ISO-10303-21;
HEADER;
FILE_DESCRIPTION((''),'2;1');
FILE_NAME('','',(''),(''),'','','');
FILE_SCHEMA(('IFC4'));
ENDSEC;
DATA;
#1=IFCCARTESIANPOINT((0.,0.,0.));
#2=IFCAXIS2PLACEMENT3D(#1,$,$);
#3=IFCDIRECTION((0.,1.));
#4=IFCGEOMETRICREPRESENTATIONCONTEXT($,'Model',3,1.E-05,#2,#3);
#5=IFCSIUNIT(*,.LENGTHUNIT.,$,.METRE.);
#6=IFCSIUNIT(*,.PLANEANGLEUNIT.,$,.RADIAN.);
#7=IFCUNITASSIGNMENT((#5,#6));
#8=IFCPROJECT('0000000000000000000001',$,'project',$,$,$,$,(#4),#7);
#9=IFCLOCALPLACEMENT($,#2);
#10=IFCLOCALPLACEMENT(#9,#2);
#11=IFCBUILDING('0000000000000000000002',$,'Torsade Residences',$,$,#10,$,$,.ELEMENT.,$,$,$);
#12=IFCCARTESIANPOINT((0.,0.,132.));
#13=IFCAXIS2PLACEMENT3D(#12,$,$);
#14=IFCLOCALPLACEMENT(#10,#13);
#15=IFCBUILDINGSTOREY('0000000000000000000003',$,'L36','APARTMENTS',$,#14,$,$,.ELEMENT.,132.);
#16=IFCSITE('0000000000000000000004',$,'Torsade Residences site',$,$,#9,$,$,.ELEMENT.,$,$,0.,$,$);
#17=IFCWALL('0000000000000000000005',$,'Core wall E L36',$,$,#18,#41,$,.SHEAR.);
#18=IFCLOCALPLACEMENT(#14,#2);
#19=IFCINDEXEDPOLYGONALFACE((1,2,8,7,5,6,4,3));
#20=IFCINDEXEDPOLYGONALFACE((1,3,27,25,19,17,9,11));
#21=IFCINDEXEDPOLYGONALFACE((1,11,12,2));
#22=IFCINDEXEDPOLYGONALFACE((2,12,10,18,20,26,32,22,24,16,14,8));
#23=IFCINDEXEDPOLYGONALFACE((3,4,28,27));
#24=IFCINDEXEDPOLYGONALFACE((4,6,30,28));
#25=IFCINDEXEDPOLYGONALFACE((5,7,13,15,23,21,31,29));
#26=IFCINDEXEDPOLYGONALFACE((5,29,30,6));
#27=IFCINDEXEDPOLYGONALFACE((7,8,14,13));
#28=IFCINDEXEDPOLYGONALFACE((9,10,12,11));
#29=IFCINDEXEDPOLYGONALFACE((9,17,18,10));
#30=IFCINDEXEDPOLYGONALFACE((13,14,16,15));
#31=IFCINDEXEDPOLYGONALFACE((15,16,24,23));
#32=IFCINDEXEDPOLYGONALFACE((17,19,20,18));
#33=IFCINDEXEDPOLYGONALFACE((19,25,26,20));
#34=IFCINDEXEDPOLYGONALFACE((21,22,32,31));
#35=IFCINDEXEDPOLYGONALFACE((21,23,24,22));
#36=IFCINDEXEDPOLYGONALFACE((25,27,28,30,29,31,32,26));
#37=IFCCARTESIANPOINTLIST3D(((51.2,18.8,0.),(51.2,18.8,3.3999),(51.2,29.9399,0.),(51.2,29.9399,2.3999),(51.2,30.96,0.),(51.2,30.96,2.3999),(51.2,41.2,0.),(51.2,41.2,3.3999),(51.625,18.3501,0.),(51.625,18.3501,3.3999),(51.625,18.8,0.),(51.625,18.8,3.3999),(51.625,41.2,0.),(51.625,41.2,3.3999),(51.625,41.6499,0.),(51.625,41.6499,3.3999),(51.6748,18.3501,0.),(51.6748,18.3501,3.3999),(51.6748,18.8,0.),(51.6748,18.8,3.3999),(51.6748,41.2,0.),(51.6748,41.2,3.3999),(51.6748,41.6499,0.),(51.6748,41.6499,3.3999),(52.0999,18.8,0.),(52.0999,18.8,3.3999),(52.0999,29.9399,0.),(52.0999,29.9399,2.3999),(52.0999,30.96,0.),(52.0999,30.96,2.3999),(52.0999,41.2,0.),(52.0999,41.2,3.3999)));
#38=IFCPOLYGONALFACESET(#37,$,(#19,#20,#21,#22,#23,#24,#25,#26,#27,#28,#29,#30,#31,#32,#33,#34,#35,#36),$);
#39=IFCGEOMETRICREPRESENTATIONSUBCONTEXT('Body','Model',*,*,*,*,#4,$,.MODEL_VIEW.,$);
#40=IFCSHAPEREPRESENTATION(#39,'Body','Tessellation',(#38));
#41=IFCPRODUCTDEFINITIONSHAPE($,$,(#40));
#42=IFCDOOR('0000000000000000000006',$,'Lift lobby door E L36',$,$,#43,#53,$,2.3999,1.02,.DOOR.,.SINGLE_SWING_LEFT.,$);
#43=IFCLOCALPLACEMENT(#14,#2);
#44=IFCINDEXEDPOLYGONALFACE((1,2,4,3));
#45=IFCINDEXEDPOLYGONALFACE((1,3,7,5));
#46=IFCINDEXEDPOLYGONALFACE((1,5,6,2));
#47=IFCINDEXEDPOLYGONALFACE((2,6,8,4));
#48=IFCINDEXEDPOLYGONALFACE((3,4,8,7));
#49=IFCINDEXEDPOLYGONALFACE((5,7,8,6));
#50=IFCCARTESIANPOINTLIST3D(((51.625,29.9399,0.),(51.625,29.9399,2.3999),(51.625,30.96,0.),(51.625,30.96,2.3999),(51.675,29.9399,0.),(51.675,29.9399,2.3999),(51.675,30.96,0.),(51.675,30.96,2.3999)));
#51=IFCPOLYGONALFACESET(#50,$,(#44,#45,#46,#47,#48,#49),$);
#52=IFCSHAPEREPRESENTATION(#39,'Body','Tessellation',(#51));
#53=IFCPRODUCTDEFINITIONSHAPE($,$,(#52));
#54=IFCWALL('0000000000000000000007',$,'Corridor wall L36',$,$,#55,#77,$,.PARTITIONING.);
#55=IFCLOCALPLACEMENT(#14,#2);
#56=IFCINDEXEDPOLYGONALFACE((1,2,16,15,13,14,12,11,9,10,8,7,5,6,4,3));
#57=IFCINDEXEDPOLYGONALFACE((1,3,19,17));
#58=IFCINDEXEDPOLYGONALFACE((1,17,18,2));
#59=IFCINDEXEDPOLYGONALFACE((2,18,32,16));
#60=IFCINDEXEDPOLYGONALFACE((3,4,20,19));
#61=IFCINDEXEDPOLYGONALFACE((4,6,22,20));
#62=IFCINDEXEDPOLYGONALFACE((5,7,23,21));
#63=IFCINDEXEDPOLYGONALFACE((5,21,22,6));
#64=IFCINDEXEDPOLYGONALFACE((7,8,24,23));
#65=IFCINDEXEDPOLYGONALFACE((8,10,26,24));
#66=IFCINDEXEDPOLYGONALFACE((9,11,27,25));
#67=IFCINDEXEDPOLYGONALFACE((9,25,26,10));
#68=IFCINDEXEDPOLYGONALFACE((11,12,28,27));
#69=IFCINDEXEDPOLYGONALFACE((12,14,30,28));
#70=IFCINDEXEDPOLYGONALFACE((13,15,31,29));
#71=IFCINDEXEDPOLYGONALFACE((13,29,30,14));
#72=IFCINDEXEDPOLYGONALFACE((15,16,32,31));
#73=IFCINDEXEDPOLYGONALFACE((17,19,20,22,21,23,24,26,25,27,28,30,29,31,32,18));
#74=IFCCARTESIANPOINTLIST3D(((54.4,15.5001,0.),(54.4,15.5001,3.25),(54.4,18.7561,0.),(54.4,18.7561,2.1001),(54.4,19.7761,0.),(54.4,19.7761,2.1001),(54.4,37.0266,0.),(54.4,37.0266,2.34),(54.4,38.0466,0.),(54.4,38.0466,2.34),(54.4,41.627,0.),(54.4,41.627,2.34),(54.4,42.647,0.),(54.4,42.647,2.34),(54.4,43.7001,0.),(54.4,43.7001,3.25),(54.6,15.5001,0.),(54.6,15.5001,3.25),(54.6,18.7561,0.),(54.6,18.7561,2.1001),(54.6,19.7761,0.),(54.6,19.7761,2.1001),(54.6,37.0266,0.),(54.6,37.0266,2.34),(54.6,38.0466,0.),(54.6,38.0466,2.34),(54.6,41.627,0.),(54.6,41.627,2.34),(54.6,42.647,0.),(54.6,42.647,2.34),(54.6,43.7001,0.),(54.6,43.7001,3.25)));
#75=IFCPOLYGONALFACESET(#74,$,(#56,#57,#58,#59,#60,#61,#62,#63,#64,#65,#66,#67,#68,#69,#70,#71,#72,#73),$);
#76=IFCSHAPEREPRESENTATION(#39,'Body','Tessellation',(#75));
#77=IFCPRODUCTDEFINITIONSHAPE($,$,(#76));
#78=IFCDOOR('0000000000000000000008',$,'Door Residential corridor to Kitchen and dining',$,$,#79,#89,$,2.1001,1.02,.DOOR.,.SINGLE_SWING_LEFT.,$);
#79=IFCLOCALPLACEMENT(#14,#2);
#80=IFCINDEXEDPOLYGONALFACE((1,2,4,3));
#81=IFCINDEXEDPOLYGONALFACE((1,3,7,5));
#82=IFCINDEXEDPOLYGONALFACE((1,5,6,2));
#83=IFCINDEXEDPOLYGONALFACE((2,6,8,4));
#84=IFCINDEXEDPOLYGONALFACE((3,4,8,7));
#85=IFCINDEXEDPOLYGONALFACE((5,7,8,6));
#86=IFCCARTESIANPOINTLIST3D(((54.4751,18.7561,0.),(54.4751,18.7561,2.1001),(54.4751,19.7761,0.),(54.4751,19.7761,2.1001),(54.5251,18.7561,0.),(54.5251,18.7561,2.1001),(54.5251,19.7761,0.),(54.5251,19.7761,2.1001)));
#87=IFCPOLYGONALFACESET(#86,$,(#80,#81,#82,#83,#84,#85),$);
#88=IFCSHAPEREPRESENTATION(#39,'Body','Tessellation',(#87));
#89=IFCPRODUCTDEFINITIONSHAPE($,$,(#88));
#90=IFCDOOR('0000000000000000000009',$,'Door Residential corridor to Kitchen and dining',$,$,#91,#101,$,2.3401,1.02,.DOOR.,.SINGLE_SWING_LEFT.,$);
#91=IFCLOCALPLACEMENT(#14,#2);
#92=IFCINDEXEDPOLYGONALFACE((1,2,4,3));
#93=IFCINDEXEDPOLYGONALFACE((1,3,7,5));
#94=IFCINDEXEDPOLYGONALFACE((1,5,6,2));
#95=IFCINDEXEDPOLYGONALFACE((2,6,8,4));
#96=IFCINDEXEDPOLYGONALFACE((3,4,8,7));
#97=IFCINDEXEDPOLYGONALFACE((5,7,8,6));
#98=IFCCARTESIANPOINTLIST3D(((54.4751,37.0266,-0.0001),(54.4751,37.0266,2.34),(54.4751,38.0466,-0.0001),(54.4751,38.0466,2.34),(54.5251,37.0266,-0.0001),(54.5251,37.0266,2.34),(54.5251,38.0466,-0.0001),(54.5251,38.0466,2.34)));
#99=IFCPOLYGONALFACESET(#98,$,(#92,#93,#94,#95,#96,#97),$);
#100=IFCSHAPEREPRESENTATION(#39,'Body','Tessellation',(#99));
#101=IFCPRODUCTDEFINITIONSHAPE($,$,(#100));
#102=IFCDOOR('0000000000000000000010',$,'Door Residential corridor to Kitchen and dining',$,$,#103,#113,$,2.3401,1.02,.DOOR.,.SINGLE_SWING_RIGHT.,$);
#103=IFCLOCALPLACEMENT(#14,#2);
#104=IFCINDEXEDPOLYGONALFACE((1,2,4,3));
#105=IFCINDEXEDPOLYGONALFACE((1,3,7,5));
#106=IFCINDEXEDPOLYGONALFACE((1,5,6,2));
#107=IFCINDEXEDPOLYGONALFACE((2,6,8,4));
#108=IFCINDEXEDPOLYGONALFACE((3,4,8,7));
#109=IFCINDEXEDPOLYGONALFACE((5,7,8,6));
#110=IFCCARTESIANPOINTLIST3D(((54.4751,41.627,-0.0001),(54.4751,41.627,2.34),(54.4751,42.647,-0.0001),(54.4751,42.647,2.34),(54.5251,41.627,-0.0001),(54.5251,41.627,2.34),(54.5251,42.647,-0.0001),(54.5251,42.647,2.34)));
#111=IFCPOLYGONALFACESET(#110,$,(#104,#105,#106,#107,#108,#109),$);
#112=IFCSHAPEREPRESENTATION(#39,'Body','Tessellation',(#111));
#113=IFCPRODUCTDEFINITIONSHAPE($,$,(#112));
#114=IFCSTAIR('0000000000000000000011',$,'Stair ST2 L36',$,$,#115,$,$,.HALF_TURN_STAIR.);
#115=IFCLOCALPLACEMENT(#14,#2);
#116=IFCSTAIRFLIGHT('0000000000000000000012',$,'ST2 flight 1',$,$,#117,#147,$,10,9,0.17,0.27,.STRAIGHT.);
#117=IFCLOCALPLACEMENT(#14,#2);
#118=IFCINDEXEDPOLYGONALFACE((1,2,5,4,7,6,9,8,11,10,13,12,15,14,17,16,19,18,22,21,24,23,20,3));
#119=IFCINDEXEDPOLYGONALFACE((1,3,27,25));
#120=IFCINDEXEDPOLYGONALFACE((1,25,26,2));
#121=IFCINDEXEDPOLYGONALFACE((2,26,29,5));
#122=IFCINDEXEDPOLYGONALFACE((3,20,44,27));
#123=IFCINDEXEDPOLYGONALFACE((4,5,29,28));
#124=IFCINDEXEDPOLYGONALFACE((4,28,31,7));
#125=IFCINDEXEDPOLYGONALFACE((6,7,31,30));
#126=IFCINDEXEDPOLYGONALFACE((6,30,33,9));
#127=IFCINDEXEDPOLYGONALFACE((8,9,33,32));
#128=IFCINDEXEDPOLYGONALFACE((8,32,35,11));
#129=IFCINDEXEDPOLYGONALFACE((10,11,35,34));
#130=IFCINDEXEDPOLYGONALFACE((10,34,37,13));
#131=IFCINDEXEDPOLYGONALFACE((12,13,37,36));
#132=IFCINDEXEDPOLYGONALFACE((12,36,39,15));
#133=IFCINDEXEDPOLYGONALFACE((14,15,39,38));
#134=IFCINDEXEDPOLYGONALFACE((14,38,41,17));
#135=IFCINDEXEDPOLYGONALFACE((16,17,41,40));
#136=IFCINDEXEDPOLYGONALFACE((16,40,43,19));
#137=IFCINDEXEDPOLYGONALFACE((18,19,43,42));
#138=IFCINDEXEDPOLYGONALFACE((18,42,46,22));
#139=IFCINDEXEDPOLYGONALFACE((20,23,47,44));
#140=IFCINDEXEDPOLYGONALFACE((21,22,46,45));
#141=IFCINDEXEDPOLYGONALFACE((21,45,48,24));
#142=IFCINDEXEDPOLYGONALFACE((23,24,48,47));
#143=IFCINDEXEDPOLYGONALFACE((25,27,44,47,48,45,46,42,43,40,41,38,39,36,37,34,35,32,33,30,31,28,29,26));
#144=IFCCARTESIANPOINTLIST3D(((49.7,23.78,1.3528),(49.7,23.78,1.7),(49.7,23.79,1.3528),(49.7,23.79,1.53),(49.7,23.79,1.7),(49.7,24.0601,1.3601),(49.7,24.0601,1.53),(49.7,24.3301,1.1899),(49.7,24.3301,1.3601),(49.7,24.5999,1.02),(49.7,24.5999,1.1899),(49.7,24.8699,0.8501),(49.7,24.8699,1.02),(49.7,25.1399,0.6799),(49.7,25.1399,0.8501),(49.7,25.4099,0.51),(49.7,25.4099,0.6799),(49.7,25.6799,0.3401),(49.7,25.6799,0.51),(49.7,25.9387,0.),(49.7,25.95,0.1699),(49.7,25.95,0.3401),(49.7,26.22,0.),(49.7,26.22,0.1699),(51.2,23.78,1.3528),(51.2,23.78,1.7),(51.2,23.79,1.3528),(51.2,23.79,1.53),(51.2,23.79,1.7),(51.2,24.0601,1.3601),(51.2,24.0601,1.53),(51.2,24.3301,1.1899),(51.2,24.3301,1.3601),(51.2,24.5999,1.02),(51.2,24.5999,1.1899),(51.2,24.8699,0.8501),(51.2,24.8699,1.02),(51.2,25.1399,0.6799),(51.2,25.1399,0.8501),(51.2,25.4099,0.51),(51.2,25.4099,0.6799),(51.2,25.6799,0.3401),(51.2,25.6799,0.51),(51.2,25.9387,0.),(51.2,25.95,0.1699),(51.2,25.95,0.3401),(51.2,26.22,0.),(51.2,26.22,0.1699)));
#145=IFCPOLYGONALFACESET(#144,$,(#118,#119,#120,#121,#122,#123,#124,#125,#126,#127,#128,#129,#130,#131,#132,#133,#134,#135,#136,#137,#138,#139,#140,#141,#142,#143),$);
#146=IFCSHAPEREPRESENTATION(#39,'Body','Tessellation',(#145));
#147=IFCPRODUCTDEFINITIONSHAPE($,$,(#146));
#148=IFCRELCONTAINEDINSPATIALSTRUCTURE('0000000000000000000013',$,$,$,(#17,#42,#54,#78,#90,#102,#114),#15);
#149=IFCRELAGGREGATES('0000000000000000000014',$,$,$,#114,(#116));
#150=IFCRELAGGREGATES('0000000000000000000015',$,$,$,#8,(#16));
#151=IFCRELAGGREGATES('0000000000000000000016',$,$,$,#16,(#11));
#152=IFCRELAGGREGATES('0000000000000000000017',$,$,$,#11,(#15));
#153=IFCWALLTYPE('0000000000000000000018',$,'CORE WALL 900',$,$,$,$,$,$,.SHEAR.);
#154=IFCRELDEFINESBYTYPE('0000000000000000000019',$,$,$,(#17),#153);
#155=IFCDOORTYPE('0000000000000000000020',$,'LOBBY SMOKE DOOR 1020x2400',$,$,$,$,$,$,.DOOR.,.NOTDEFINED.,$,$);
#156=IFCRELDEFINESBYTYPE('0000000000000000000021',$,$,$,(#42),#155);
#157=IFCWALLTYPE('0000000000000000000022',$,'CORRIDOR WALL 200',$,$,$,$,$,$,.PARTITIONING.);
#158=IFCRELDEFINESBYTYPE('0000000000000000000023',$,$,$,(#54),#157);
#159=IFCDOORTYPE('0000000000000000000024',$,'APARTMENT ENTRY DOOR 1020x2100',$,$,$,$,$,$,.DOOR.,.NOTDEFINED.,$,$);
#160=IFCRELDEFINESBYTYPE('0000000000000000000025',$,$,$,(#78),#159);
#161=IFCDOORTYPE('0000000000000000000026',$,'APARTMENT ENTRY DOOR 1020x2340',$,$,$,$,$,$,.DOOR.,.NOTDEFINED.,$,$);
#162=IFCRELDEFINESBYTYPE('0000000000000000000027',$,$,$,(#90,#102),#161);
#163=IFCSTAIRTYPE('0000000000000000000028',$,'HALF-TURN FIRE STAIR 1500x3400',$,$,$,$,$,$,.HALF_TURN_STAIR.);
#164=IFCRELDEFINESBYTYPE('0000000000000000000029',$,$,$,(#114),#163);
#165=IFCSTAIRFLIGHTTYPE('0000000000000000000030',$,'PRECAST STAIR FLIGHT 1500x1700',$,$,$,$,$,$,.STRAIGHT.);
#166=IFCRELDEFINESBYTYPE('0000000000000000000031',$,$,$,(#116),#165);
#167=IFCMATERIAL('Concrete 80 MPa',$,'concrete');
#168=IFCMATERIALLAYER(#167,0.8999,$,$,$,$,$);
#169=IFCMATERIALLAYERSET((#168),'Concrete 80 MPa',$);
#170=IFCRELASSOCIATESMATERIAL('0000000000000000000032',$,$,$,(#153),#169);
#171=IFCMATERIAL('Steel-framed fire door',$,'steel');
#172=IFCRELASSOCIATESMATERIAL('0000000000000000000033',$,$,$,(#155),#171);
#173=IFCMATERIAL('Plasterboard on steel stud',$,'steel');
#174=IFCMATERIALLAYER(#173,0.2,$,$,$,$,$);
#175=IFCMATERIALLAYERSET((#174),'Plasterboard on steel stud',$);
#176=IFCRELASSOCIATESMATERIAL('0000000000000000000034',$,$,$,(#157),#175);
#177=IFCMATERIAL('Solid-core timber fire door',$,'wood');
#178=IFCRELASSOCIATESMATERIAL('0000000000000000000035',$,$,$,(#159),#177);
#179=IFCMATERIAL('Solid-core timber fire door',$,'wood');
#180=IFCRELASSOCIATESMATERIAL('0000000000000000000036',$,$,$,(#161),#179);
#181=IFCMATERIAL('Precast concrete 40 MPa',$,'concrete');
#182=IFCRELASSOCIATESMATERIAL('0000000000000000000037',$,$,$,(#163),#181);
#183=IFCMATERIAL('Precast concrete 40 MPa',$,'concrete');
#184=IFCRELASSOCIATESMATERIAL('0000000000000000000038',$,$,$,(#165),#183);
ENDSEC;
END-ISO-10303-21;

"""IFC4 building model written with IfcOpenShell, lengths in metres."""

from ifc_helpers import new_model, si_unit, direction, frame, frame_2d, origin, place, context, subcontext, project, spatial, polyline, rectangle, outline, extrude, material, layer, layer_set, type_object, element, fill, aggregate, save


model = new_model("IFC4")

# Units and contexts
model_context = context("Model", 3, precision=1e-05, world=origin(), true_north=direction((0.0, 1.0)))
body_context = subcontext(model_context, "Body", "Model", "MODEL_VIEW")
ifc_project = project(units=[si_unit("LENGTHUNIT", "METRE"), si_unit("PLANEANGLEUNIT", "RADIAN")], contexts=[model_context])

# Site, building, storey
site_placement = place(None, origin())
site = spatial("IfcSite", under=ifc_project, at=site_placement, Name="Torsade Residences site", CompositionType="ELEMENT", RefElevation=0.0)
building_placement = place(site_placement, origin())
building = spatial("IfcBuilding", under=site, at=building_placement, Name="Torsade Residences", CompositionType="ELEMENT")
storey_placement = place(building_placement, frame((0.0, 0.0, 132.0)))
storey = spatial("IfcBuildingStorey", under=building, at=storey_placement, Name="L36", Description="APARTMENTS", CompositionType="ELEMENT", Elevation=132.0)

# Shared definitions
ifc_material_1 = material(Name="Concrete 80 MPa", Category="concrete")
ifc_layer_1 = layer(ifc_material_1, 0.8999)
ifc_layer_set_1 = layer_set([ifc_layer_1], Name="Concrete 80 MPa")
wall_type_1 = type_object("IfcWallType", Name="CORE WALL 900", PredefinedType="SHEAR", material=ifc_layer_set_1)

# Wall, opening, door
wall_1_placement = place(storey_placement, frame((51.6499, 18.8, 0.0), z_axis=(0.0, 0.0, 1.0), x_axis=(0.0, 1.0, 0.0)))
wall_1 = element("IfcWall", 1, at=wall_1_placement, inside=storey, type_object=wall_type_1, Name="Core wall E L36", PredefinedType="SHEAR", context=body_context, shape_type="SweptSolid", body=[
    extrude(outline(polyline([(0.0, -0.45), (22.3999, -0.45), (22.3999, -0.0249), (22.8499, -0.0249), (22.8499, 0.0249), (22.3999, 0.0249), (22.3999, 0.45), (0.0, 0.45), (0.0, 0.0249), (-0.45, 0.0249), (-0.45, -0.0249), (0.0, -0.0249), (0.0, -0.45)])), origin(), (0.0, 0.0, 1.0), 3.3999),
])
opening_1_placement = place(wall_1_placement, frame((11.1399, 0.0, 0.0)))
opening_1 = element("IfcOpeningElement", 2, at=opening_1_placement, cuts=wall_1, PredefinedType="OPENING", context=body_context, shape_type="SweptSolid", body=[
    extrude(rectangle(XDim=1.02, YDim=2.3999, at=frame_2d((0.51, 1.2))), frame((0.0, 0.46, 0.0), z_axis=(0.0, -1.0, 0.0), x_axis=(1.0, 0.0, 0.0)), (0.0, 0.0, 1.0), 0.9199),
])
ifc_material_2 = material(Name="Steel-framed fire door", Category="steel")
door_type_1 = type_object("IfcDoorType", Name="LOBBY SMOKE DOOR 1020x2400", OperationType="NOTDEFINED", PredefinedType="DOOR", material=ifc_material_2)
door_1_placement = place(opening_1_placement, origin())
door_1 = element("IfcDoor", 3, at=door_1_placement, inside=storey, type_object=door_type_1, Name="Lift lobby door E L36", OperationType="SINGLE_SWING_LEFT", OverallHeight=2.3999, OverallWidth=1.02, PredefinedType="DOOR", context=body_context, shape_type="SweptSolid", body=[
    extrude(rectangle(XDim=1.02, YDim=2.3999, at=frame_2d((0.51, 1.2))), frame((0.0, 0.0249, 0.0), z_axis=(0.0, -1.0, 0.0), x_axis=(1.0, 0.0, 0.0)), (0.0, 0.0, 1.0), 0.05),
])
fill(opening_1, door_1)

# Wall, openings, doors
ifc_material_3 = material(Name="Plasterboard on steel stud", Category="steel")
ifc_layer_2 = layer(ifc_material_3, 0.2)
ifc_layer_set_2 = layer_set([ifc_layer_2], Name="Plasterboard on steel stud")
wall_type_2 = type_object("IfcWallType", Name="CORRIDOR WALL 200", PredefinedType="PARTITIONING", material=ifc_layer_set_2)
wall_2_placement = place(storey_placement, frame((54.5, 15.5, 0.0), z_axis=(0.0, 0.0, 1.0), x_axis=(0.0, 1.0, 0.0)))
wall_2 = element("IfcWall", 4, at=wall_2_placement, inside=storey, type_object=wall_type_2, Name="Corridor wall L36", PredefinedType="PARTITIONING", context=body_context, shape_type="SweptSolid", body=[
    extrude(rectangle(XDim=28.2, YDim=0.2, at=frame_2d((14.1001, 0.0))), origin(), (0.0, 0.0, 1.0), 3.25),
])
opening_2_placement = place(wall_2_placement, frame((21.5266, 0.0, 0.0)))
opening_2 = element("IfcOpeningElement", 5, at=opening_2_placement, cuts=wall_2, PredefinedType="OPENING", context=body_context, shape_type="SweptSolid", body=[
    extrude(rectangle(XDim=1.02, YDim=2.3401, at=frame_2d((0.51, 1.1699))), frame((0.0, 0.1099, 0.0), z_axis=(0.0, -1.0, 0.0), x_axis=(1.0, 0.0, 0.0)), (0.0, 0.0, 1.0), 0.22),
])
opening_3_placement = place(wall_2_placement, frame((3.2561, 0.0, 0.0)))
opening_3 = element("IfcOpeningElement", 6, at=opening_3_placement, cuts=wall_2, PredefinedType="OPENING", context=body_context, shape_type="SweptSolid", body=[
    extrude(rectangle(XDim=1.02, YDim=2.1001, at=frame_2d((0.51, 1.05))), frame((0.0, 0.1099, 0.0), z_axis=(0.0, -1.0, 0.0), x_axis=(1.0, 0.0, 0.0)), (0.0, 0.0, 1.0), 0.22),
])
opening_4_placement = place(wall_2_placement, frame((26.127, 0.0, 0.0)))
opening_4 = element("IfcOpeningElement", 7, at=opening_4_placement, cuts=wall_2, PredefinedType="OPENING", context=body_context, shape_type="SweptSolid", body=[
    extrude(rectangle(XDim=1.02, YDim=2.3401, at=frame_2d((0.51, 1.1699))), frame((0.0, 0.1099, 0.0), z_axis=(0.0, -1.0, 0.0), x_axis=(1.0, 0.0, 0.0)), (0.0, 0.0, 1.0), 0.22),
])
ifc_material_4 = material(Name="Solid-core timber fire door", Category="wood")
door_type_2 = type_object("IfcDoorType", Name="APARTMENT ENTRY DOOR 1020x2100", OperationType="NOTDEFINED", PredefinedType="DOOR", material=ifc_material_4)
door_2_placement = place(opening_3_placement, origin())
door_2 = element("IfcDoor", 8, at=door_2_placement, inside=storey, type_object=door_type_2, Name="Door Residential corridor to Kitchen and dining", OperationType="SINGLE_SWING_LEFT", OverallHeight=2.1001, OverallWidth=1.02, PredefinedType="DOOR", context=body_context, shape_type="SweptSolid", body=[
    extrude(rectangle(XDim=1.02, YDim=2.1001, at=frame_2d((0.51, 1.05))), frame((0.0, 0.0249, 0.0), z_axis=(0.0, -1.0, 0.0), x_axis=(1.0, 0.0, 0.0)), (0.0, 0.0, 1.0), 0.05),
])
fill(opening_3, door_2)
ifc_material_5 = material(Name="Solid-core timber fire door", Category="wood")
door_type_3 = type_object("IfcDoorType", Name="APARTMENT ENTRY DOOR 1020x2340", OperationType="NOTDEFINED", PredefinedType="DOOR", material=ifc_material_5)
door_3_placement = place(opening_2_placement, origin())
door_3 = element("IfcDoor", 9, at=door_3_placement, inside=storey, type_object=door_type_3, Name="Door Residential corridor to Kitchen and dining", OperationType="SINGLE_SWING_LEFT", OverallHeight=2.3401, OverallWidth=1.02, PredefinedType="DOOR", context=body_context, shape_type="SweptSolid", body=[
    extrude(rectangle(XDim=1.02, YDim=2.3401, at=frame_2d((0.51, 1.1699))), frame((0.0, 0.0249, 0.0), z_axis=(0.0, -1.0, 0.0), x_axis=(1.0, 0.0, 0.0)), (0.0, 0.0, 1.0), 0.05),
])
fill(opening_2, door_3)
door_4_placement = place(opening_4_placement, origin())
door_4 = element("IfcDoor", 10, at=door_4_placement, inside=storey, type_object=door_type_3, Name="Door Residential corridor to Kitchen and dining", OperationType="SINGLE_SWING_RIGHT", OverallHeight=2.3401, OverallWidth=1.02, PredefinedType="DOOR", context=body_context, shape_type="SweptSolid", body=[
    extrude(rectangle(XDim=1.02, YDim=2.3401, at=frame_2d((0.51, 1.1699))), frame((0.0, 0.0249, 0.0), z_axis=(0.0, -1.0, 0.0), x_axis=(1.0, 0.0, 0.0)), (0.0, 0.0, 1.0), 0.05),
])
fill(opening_4, door_4)

# Stair, stair flight
ifc_material_6 = material(Name="Precast concrete 40 MPa", Category="concrete")
stair_type = type_object("IfcStairType", Name="HALF-TURN FIRE STAIR 1500x3400", PredefinedType="HALF_TURN_STAIR", material=ifc_material_6)
stair_placement = place(storey_placement, origin())
stair = element("IfcStair", 11, at=stair_placement, inside=storey, type_object=stair_type, Name="Stair ST2 L36", PredefinedType="HALF_TURN_STAIR")
ifc_material_7 = material(Name="Precast concrete 40 MPa", Category="concrete")
stair_flight_type = type_object("IfcStairFlightType", Name="PRECAST STAIR FLIGHT 1500x1700", PredefinedType="STRAIGHT", material=ifc_material_7)
stair_flight_1_placement = place(storey_placement, frame((50.45, 26.22, 0.0), z_axis=(0.0, 0.0, 1.0), x_axis=(0.0, -1.0, 0.0)))
stair_flight_1 = element("IfcStairFlight", 12, at=stair_flight_1_placement, type_object=stair_flight_type, Name="ST2 flight 1", NumberOfRisers=10, NumberOfTreads=9, PredefinedType="STRAIGHT", RiserHeight=0.17, TreadLength=0.27, context=body_context, shape_type="SweptSolid", body=[
    extrude(outline(polyline([(0.0, 0.0), (0.0, 0.1699), (0.27, 0.1699), (0.27, 0.3401), (0.54, 0.3401), (0.54, 0.51), (0.8101, 0.51), (0.8101, 0.6799), (1.0801, 0.6799), (1.0801, 0.8501), (1.3501, 0.8501), (1.3501, 1.02), (1.6201, 1.02), (1.6201, 1.1899), (1.8899, 1.1899), (1.8899, 1.3601), (2.1599, 1.3601), (2.1599, 1.53), (2.4299, 1.53), (2.4299, 1.7), (2.4399, 1.7), (2.4399, 1.3528), (2.4299, 1.3528), (0.2812, 0.0), (0.0, 0.0)])), frame((0.0, 0.75, 0.0), z_axis=(0.0, -1.0, 0.0), x_axis=(1.0, 0.0, 0.0)), (0.0, 0.0, 1.0), 1.5),
])
aggregate(stair, [stair_flight_1])

save(model, "model.ifc")
